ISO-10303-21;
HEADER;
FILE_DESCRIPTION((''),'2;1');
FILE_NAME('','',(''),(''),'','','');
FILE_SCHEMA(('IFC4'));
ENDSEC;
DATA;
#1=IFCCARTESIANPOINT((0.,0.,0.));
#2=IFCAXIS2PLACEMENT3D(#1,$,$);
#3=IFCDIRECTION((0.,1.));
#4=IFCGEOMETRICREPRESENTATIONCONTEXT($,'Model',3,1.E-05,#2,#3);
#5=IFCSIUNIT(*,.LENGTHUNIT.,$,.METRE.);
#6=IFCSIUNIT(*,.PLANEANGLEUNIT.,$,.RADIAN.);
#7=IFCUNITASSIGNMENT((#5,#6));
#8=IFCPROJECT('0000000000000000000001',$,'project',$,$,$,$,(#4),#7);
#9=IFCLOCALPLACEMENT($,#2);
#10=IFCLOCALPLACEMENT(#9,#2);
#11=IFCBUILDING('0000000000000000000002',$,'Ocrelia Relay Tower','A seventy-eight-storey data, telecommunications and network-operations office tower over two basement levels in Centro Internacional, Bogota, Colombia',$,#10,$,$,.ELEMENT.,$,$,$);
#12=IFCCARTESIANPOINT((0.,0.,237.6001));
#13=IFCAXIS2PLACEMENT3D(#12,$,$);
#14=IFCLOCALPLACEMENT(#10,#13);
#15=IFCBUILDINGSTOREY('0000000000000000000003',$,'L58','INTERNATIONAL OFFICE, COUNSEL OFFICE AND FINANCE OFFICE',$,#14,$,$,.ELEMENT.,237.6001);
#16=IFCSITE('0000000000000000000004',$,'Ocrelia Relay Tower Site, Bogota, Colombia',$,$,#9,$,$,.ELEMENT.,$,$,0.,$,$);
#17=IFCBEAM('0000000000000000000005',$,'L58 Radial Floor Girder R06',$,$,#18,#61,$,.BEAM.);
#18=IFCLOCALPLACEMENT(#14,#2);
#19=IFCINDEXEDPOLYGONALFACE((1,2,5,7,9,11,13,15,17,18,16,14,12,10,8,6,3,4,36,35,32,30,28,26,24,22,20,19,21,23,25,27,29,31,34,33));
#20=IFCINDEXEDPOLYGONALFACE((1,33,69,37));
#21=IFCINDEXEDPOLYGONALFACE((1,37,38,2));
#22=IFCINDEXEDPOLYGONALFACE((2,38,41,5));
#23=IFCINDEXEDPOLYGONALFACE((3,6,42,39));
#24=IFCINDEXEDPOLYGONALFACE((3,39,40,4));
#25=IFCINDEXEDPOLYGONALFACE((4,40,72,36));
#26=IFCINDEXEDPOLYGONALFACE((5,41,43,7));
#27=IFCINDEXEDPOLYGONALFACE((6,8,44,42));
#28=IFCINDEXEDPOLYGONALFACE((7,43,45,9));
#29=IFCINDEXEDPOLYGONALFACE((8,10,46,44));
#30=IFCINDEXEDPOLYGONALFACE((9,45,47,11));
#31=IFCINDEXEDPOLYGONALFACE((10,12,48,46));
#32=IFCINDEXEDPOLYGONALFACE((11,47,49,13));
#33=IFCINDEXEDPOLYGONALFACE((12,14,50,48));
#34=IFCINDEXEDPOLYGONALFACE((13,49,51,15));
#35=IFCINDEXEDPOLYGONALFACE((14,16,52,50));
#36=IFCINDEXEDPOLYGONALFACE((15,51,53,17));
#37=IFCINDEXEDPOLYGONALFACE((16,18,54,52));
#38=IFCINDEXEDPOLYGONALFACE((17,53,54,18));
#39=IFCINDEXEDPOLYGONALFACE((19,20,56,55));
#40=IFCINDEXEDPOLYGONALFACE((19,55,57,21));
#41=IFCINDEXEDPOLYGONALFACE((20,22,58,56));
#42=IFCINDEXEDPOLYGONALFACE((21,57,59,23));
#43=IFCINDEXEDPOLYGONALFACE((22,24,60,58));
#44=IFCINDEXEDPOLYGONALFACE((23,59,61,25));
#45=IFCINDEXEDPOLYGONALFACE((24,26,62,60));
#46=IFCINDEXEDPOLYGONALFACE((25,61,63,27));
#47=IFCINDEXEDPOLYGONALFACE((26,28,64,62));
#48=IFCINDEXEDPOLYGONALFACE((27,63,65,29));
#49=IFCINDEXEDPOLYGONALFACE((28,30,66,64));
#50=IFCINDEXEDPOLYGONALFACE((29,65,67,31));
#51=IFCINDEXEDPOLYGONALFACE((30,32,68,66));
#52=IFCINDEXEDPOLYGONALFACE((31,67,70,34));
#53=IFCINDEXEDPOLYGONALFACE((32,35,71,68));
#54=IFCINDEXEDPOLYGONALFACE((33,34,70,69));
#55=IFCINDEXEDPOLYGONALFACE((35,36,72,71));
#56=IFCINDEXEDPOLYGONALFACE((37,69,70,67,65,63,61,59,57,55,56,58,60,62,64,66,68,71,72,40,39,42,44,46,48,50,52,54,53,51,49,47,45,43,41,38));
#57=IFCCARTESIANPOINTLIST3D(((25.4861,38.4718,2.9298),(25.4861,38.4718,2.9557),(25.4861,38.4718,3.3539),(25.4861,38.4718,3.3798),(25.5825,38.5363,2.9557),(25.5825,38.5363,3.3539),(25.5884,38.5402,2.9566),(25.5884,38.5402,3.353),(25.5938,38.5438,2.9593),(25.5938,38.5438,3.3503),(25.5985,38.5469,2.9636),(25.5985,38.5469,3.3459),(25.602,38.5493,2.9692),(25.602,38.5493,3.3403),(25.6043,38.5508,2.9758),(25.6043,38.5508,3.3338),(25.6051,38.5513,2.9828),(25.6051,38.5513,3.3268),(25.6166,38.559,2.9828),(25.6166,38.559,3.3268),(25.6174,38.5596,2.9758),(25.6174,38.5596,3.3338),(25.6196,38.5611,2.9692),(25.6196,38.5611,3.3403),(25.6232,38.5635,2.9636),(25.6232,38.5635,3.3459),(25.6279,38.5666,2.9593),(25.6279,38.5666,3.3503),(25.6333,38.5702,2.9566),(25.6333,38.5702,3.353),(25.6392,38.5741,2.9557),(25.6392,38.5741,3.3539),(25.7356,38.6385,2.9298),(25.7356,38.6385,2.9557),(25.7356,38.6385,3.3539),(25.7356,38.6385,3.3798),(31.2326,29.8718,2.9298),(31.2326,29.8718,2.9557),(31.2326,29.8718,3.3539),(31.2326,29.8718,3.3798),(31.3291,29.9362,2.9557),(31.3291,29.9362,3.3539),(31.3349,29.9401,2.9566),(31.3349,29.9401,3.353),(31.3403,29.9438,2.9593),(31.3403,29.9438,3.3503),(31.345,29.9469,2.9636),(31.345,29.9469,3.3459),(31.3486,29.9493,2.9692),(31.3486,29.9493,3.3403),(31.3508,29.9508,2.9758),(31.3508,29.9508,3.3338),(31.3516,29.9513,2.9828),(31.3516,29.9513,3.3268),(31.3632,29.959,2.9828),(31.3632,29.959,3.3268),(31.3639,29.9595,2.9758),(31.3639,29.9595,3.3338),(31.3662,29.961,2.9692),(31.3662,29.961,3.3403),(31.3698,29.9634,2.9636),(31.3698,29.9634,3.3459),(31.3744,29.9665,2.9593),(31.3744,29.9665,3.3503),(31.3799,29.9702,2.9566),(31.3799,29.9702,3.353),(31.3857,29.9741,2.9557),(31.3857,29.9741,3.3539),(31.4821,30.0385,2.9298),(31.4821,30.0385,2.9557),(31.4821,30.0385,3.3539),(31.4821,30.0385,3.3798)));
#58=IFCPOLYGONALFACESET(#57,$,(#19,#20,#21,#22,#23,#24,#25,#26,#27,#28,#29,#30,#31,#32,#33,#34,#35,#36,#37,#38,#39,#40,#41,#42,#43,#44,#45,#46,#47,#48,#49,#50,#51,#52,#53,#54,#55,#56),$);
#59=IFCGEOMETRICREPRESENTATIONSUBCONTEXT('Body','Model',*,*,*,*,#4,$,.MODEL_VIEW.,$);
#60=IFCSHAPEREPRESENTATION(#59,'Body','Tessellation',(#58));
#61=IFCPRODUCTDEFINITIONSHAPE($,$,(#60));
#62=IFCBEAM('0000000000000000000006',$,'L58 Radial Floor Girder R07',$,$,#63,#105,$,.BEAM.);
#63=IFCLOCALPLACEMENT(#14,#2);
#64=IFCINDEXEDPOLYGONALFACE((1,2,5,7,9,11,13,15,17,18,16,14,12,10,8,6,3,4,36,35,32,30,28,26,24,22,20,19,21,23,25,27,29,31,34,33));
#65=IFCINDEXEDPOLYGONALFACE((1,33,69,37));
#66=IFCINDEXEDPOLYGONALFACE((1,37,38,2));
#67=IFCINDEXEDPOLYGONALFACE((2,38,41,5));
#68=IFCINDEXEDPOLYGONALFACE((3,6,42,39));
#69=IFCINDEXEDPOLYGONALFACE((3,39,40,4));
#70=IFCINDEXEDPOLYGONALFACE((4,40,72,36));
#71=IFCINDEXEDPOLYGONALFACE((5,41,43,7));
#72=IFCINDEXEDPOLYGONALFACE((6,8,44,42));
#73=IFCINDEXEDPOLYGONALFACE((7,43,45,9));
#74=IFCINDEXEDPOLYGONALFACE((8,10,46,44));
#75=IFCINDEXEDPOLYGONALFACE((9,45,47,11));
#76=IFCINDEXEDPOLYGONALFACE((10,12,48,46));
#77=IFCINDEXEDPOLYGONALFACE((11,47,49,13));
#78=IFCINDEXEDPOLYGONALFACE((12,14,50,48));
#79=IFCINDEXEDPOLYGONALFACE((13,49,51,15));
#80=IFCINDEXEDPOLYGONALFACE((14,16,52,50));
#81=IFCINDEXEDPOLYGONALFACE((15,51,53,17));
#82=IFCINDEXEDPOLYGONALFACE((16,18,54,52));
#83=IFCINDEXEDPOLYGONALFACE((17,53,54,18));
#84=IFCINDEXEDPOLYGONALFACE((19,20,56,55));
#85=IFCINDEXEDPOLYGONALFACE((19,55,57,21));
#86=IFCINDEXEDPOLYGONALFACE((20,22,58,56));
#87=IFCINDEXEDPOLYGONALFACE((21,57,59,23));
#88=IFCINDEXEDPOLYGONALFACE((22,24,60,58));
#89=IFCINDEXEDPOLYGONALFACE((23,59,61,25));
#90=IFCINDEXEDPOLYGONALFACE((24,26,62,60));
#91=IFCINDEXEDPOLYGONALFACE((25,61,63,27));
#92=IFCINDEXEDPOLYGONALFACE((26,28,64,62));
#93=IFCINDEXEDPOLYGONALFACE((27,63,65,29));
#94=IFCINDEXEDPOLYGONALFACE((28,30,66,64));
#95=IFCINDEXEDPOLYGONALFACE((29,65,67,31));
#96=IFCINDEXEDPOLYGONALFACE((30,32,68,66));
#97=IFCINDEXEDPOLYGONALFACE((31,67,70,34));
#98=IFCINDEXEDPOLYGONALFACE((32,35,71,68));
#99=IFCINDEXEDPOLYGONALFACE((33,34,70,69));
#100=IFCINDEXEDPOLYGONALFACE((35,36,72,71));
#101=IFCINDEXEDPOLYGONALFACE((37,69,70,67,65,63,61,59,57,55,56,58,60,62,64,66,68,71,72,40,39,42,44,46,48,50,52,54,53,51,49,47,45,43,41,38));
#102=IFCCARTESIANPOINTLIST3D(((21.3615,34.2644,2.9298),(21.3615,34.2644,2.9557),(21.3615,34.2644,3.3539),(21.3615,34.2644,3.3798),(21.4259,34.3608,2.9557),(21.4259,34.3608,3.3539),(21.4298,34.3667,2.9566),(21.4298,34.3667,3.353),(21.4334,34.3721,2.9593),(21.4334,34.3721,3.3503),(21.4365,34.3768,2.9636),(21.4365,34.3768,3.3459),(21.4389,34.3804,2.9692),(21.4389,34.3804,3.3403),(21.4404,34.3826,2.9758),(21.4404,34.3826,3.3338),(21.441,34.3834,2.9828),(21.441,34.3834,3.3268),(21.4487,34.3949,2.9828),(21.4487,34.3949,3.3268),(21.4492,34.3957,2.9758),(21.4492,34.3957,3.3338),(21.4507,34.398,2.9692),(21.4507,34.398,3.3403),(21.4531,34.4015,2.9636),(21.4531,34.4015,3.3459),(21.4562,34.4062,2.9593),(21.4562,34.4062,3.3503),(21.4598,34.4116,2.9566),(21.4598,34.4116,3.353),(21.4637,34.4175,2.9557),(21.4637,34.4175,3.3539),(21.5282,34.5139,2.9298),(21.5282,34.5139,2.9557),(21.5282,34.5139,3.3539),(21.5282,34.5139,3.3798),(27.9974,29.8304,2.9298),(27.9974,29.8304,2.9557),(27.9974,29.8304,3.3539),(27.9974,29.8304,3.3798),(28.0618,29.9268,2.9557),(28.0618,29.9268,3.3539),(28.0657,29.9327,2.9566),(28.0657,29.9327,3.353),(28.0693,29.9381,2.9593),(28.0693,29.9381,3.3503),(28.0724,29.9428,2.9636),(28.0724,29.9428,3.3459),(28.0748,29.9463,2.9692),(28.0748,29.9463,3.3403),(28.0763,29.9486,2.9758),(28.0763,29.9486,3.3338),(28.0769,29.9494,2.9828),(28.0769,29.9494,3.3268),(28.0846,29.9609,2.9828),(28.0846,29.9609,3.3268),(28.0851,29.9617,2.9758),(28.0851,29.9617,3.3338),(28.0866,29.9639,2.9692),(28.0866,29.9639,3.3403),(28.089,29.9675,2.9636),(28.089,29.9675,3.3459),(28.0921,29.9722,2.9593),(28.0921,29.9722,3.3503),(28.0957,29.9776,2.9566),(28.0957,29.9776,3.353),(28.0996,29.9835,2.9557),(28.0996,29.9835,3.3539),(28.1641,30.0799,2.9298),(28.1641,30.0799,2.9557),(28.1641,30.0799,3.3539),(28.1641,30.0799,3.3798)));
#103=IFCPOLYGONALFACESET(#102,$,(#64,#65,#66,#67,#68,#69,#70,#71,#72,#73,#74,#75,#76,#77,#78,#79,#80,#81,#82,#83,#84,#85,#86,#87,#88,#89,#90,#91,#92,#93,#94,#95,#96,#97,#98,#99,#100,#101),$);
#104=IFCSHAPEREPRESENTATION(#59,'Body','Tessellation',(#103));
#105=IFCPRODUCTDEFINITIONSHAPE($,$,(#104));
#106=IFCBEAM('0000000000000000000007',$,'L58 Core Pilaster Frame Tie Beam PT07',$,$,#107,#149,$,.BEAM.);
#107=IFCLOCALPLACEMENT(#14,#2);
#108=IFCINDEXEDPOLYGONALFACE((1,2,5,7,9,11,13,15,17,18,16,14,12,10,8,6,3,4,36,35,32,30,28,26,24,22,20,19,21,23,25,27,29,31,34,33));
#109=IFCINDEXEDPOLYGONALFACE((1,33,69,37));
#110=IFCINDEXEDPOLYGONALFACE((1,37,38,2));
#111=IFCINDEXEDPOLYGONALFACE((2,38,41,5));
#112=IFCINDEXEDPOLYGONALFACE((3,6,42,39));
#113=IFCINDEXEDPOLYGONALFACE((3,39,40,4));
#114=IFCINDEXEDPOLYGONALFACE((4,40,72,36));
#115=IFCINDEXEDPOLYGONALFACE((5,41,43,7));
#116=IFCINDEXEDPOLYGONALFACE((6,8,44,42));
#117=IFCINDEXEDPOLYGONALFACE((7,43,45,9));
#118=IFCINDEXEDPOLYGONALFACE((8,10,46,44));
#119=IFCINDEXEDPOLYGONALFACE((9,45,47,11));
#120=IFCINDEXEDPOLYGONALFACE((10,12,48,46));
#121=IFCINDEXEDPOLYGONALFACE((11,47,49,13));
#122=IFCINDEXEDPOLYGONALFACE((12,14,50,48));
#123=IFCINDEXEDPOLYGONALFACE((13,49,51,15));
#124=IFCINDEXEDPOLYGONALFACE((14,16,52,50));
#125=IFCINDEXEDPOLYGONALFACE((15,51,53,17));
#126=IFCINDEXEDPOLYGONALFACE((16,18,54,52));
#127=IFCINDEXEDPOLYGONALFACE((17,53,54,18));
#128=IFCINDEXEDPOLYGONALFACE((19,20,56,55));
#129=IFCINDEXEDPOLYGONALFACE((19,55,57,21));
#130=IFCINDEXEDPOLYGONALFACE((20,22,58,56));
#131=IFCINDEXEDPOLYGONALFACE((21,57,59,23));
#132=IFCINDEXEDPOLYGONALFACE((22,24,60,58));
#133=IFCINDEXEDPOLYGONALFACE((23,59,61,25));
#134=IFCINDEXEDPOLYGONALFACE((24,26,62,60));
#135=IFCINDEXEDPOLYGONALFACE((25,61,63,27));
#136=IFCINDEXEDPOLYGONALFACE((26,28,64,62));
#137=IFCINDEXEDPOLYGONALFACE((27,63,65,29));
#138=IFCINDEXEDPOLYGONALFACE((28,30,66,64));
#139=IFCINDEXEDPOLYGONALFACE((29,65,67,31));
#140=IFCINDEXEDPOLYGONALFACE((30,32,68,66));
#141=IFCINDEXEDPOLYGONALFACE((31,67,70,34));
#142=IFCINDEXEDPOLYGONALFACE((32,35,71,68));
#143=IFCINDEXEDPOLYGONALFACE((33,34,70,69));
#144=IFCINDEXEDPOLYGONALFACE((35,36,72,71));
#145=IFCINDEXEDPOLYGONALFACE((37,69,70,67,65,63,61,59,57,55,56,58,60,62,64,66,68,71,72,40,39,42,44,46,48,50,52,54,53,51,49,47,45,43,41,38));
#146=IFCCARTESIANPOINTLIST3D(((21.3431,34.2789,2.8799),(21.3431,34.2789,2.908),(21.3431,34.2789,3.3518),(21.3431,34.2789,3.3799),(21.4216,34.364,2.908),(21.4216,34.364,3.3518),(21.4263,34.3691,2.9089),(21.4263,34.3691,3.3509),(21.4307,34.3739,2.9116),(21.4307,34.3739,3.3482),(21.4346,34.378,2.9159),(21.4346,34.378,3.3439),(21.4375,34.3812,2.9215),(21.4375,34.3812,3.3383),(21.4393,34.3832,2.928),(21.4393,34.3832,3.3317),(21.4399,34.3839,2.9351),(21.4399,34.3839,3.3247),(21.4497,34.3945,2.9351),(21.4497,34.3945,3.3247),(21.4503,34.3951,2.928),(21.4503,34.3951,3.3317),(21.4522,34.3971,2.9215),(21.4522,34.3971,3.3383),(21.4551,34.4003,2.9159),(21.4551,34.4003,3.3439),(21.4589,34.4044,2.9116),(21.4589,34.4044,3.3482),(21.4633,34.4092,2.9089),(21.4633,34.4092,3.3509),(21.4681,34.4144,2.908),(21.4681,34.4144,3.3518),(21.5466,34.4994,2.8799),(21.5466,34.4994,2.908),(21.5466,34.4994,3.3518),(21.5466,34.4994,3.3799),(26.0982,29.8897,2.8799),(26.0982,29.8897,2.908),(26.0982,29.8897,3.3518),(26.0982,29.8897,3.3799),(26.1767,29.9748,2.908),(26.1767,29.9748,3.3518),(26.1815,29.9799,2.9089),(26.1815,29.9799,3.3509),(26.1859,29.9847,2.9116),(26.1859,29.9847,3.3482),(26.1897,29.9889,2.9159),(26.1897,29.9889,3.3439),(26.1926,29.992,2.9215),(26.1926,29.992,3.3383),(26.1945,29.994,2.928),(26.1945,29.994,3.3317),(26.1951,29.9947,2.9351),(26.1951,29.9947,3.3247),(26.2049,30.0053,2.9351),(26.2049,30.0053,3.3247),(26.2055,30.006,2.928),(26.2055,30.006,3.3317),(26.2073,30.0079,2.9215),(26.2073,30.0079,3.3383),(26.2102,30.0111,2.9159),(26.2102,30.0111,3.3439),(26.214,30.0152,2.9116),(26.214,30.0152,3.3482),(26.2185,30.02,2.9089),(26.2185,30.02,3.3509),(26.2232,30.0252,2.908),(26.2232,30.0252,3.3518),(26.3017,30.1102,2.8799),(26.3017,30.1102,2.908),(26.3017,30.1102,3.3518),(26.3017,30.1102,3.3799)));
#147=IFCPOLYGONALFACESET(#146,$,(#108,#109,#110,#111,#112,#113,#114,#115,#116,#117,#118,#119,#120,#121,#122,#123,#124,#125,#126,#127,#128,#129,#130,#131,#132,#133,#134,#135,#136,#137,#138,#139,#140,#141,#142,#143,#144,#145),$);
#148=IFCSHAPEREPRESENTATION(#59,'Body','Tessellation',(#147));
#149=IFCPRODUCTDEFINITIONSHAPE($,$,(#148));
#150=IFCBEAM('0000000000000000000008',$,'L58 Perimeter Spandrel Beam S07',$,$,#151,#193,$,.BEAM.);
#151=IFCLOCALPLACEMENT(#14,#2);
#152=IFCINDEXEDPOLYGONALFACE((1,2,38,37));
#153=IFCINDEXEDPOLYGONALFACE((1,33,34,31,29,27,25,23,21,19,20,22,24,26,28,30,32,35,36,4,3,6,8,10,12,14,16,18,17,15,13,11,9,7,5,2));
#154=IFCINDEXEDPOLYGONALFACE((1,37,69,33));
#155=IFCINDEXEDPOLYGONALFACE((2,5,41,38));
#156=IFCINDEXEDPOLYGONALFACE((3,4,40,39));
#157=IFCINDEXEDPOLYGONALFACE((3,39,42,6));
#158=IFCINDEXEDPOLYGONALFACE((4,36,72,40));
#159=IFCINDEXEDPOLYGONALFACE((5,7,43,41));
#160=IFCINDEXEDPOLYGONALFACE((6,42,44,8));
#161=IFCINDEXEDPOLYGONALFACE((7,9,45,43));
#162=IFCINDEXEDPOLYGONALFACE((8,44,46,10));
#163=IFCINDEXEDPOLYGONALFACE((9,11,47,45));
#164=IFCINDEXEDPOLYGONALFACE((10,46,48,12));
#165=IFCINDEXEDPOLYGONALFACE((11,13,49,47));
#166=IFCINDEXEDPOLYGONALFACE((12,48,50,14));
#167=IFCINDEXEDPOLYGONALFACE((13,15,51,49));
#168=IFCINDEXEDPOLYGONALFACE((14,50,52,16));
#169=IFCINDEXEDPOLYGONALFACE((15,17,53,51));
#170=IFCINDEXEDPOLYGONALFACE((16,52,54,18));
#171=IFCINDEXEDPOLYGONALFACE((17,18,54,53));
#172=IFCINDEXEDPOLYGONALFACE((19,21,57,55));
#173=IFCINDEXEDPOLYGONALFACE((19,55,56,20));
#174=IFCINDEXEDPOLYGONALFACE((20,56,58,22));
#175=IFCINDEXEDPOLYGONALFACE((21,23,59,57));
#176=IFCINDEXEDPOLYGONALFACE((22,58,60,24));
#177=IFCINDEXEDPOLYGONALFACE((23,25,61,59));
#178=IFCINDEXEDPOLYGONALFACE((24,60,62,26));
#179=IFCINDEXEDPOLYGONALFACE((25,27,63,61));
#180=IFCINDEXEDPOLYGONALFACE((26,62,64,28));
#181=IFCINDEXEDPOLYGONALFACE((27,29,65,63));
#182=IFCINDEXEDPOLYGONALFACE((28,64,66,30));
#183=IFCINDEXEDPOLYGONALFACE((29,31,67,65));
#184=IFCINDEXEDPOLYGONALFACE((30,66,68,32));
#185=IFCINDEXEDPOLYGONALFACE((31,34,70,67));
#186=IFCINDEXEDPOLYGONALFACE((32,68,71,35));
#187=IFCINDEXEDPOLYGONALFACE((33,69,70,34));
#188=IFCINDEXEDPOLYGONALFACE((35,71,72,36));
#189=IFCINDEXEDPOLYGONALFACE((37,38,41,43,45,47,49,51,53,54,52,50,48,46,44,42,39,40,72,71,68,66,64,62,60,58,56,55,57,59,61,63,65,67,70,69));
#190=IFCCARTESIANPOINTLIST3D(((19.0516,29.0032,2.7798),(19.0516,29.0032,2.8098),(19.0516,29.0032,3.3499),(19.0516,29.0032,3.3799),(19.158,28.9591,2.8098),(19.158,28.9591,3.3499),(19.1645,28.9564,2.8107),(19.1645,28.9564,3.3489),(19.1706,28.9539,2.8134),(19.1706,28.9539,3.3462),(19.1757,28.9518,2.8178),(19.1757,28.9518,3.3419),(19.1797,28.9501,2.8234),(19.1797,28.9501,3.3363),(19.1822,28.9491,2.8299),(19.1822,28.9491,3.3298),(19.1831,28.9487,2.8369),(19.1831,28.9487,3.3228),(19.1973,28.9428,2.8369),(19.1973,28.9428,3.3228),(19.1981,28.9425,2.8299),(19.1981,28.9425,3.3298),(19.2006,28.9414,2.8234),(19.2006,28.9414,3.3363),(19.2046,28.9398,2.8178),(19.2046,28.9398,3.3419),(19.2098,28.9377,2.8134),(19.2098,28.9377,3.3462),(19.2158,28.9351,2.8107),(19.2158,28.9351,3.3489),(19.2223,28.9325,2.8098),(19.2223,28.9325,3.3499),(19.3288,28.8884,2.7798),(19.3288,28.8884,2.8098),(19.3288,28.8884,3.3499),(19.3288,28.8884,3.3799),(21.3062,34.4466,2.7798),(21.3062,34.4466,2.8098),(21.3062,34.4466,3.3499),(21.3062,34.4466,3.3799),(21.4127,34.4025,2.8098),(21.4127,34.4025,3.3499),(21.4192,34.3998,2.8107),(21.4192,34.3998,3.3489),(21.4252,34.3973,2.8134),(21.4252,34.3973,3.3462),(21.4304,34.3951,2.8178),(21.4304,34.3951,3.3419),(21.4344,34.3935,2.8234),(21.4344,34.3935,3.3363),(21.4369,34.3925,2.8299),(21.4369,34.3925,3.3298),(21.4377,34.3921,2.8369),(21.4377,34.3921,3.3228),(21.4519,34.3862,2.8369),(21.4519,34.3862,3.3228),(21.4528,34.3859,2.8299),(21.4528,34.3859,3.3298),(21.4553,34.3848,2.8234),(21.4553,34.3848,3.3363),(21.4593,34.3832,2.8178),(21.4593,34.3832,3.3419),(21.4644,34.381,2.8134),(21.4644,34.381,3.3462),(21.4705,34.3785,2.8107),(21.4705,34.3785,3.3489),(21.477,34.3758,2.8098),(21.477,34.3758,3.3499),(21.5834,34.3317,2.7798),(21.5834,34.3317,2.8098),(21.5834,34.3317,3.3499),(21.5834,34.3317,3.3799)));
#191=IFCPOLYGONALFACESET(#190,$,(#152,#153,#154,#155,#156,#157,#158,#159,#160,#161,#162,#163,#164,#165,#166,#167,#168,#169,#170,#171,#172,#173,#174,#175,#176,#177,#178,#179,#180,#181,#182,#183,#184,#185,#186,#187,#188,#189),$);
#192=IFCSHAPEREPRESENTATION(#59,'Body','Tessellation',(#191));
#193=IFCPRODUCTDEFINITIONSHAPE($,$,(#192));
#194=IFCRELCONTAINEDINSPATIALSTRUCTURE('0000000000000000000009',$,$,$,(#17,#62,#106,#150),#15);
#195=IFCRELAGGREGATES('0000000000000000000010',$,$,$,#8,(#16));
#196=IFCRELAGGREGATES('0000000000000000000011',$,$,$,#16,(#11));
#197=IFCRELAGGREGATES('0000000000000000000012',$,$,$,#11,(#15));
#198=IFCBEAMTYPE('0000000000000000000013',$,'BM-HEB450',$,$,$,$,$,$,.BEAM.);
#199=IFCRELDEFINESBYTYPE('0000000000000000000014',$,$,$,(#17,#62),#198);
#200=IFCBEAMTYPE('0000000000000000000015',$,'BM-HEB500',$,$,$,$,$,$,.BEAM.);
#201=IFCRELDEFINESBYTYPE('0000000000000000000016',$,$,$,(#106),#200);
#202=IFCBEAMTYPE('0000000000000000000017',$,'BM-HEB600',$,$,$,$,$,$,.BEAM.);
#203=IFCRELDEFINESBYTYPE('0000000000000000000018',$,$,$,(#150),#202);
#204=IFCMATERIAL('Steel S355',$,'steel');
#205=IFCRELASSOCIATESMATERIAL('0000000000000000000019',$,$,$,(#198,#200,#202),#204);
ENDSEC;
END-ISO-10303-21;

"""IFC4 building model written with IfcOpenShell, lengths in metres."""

from ifc_helpers import new_model, si_unit, direction, frame, origin, origin_2d, place, context, subcontext, project, spatial, i_section, extrude, material, material_profile, profile_set, type_object, element, save


model = new_model("IFC4")

# Units and contexts
model_context = context("Model", 3, precision=1e-05, world=origin(), true_north=direction((0.0, 1.0)))
body_context = subcontext(model_context, "Body", "Model", "MODEL_VIEW")
ifc_project = project(units=[si_unit("LENGTHUNIT", "METRE"), si_unit("PLANEANGLEUNIT", "RADIAN")], contexts=[model_context])

# Site, building, storey
site_placement = place(None, origin())
site = spatial("IfcSite", under=ifc_project, at=site_placement, Name="Ocrelia Relay Tower Site, Bogota, Colombia", CompositionType="ELEMENT", RefElevation=0.0)
building_placement = place(site_placement, origin())
building = spatial("IfcBuilding", under=site, at=building_placement, Name="Ocrelia Relay Tower", Description="A seventy-eight-storey data, telecommunications and network-operations office tower over two basement levels in Centro Internacional, Bogota, Colombia", CompositionType="ELEMENT")
storey_placement = place(building_placement, frame((0.0, 0.0, 237.6001)))
storey = spatial("IfcBuildingStorey", under=building, at=storey_placement, Name="L58", Description="INTERNATIONAL OFFICE, COUNSEL OFFICE AND FINANCE OFFICE", CompositionType="ELEMENT", Elevation=237.6001)

# Beams
ifc_material_1 = material(Name="Steel S355", Category="steel")
ifc_material_profile_1 = material_profile(ifc_material_1, i_section(OverallWidth=0.3, OverallDepth=0.45, WebThickness=0.0139, FlangeThickness=0.0259, FilletRadius=0.0271, at=origin_2d()), Name="HEB 450")
ifc_profile_set_1 = profile_set([ifc_material_profile_1], Name="Steel S355")
beam_type_1 = type_object("IfcBeamType", Name="BM-HEB450", PredefinedType="BEAM", material=ifc_profile_set_1)
beam_1_placement = place(storey_placement, frame((25.6108, 38.5552, 3.1548), z_axis=(0.555582, -0.831462, 0.0), x_axis=(0.831462, 0.555582, 0.0)))
element("IfcBeam", 1, at=beam_1_placement, inside=storey, type_object=beam_type_1, Name="L58 Radial Floor Girder R06", PredefinedType="BEAM", context=body_context, shape_type="SweptSolid", body=[
    extrude(i_section(OverallWidth=0.3, OverallDepth=0.45, WebThickness=0.0139, FlangeThickness=0.0259, FilletRadius=0.0271, at=origin_2d()), origin(), (0.0, 0.0, 1.0), 10.3433),
])
beam_2_placement = place(storey_placement, frame((21.4448, 34.3892, 3.1548), z_axis=(0.831466, -0.555575, 0.0), x_axis=(0.555575, 0.831466, 0.0)))
element("IfcBeam", 2, at=beam_2_placement, inside=storey, type_object=beam_type_1, Name="L58 Radial Floor Girder R07", PredefinedType="BEAM", context=body_context, shape_type="SweptSolid", body=[
    extrude(i_section(OverallWidth=0.3, OverallDepth=0.45, WebThickness=0.0139, FlangeThickness=0.0259, FilletRadius=0.0271, at=origin_2d()), origin(), (0.0, 0.0, 1.0), 7.981),
])
ifc_material_profile_2 = material_profile(ifc_material_1, i_section(OverallWidth=0.3, OverallDepth=0.5, WebThickness=0.0144, FlangeThickness=0.0281, FilletRadius=0.0271, at=origin_2d()), Name="HEB 500")
ifc_profile_set_2 = profile_set([ifc_material_profile_2], Name="Steel S355")
beam_type_2 = type_object("IfcBeamType", Name="BM-HEB500", PredefinedType="BEAM", material=ifc_profile_set_2)
beam_3_placement = place(storey_placement, frame((21.4448, 34.3892, 3.1299), z_axis=(0.734818, -0.678264, 0.0), x_axis=(0.678264, 0.734818, 0.0)))
element("IfcBeam", 3, at=beam_3_placement, inside=storey, type_object=beam_type_2, Name="L58 Core Pilaster Frame Tie Beam PT07", PredefinedType="BEAM", context=body_context, shape_type="SweptSolid", body=[
    extrude(i_section(OverallWidth=0.3, OverallDepth=0.5, WebThickness=0.0144, FlangeThickness=0.0281, FilletRadius=0.0271, at=origin_2d()), origin(), (0.0, 0.0, 1.0), 6.4712),
])
ifc_material_profile_3 = material_profile(ifc_material_1, i_section(OverallWidth=0.3, OverallDepth=0.6001, WebThickness=0.0154, FlangeThickness=0.03, FilletRadius=0.0271, at=origin_2d()), Name="HEB 600")
ifc_profile_set_3 = profile_set([ifc_material_profile_3], Name="Steel S355")
beam_type_3 = type_object("IfcBeamType", Name="BM-HEB600", PredefinedType="BEAM", material=ifc_profile_set_3)
beam_4_placement = place(storey_placement, frame((21.4448, 34.3892, 3.0798), z_axis=(-0.382673, -0.923884, 0.0), x_axis=(0.923884, -0.382673, 0.0)))
element("IfcBeam", 4, at=beam_4_placement, inside=storey, type_object=beam_type_3, Name="L58 Perimeter Spandrel Beam S07", PredefinedType="BEAM", context=body_context, shape_type="SweptSolid", body=[
    extrude(i_section(OverallWidth=0.3, OverallDepth=0.6001, WebThickness=0.0154, FlangeThickness=0.03, FilletRadius=0.0271, at=origin_2d()), origin(), (0.0, 0.0, 1.0), 5.8918),
])

save(model, "model.ifc")
